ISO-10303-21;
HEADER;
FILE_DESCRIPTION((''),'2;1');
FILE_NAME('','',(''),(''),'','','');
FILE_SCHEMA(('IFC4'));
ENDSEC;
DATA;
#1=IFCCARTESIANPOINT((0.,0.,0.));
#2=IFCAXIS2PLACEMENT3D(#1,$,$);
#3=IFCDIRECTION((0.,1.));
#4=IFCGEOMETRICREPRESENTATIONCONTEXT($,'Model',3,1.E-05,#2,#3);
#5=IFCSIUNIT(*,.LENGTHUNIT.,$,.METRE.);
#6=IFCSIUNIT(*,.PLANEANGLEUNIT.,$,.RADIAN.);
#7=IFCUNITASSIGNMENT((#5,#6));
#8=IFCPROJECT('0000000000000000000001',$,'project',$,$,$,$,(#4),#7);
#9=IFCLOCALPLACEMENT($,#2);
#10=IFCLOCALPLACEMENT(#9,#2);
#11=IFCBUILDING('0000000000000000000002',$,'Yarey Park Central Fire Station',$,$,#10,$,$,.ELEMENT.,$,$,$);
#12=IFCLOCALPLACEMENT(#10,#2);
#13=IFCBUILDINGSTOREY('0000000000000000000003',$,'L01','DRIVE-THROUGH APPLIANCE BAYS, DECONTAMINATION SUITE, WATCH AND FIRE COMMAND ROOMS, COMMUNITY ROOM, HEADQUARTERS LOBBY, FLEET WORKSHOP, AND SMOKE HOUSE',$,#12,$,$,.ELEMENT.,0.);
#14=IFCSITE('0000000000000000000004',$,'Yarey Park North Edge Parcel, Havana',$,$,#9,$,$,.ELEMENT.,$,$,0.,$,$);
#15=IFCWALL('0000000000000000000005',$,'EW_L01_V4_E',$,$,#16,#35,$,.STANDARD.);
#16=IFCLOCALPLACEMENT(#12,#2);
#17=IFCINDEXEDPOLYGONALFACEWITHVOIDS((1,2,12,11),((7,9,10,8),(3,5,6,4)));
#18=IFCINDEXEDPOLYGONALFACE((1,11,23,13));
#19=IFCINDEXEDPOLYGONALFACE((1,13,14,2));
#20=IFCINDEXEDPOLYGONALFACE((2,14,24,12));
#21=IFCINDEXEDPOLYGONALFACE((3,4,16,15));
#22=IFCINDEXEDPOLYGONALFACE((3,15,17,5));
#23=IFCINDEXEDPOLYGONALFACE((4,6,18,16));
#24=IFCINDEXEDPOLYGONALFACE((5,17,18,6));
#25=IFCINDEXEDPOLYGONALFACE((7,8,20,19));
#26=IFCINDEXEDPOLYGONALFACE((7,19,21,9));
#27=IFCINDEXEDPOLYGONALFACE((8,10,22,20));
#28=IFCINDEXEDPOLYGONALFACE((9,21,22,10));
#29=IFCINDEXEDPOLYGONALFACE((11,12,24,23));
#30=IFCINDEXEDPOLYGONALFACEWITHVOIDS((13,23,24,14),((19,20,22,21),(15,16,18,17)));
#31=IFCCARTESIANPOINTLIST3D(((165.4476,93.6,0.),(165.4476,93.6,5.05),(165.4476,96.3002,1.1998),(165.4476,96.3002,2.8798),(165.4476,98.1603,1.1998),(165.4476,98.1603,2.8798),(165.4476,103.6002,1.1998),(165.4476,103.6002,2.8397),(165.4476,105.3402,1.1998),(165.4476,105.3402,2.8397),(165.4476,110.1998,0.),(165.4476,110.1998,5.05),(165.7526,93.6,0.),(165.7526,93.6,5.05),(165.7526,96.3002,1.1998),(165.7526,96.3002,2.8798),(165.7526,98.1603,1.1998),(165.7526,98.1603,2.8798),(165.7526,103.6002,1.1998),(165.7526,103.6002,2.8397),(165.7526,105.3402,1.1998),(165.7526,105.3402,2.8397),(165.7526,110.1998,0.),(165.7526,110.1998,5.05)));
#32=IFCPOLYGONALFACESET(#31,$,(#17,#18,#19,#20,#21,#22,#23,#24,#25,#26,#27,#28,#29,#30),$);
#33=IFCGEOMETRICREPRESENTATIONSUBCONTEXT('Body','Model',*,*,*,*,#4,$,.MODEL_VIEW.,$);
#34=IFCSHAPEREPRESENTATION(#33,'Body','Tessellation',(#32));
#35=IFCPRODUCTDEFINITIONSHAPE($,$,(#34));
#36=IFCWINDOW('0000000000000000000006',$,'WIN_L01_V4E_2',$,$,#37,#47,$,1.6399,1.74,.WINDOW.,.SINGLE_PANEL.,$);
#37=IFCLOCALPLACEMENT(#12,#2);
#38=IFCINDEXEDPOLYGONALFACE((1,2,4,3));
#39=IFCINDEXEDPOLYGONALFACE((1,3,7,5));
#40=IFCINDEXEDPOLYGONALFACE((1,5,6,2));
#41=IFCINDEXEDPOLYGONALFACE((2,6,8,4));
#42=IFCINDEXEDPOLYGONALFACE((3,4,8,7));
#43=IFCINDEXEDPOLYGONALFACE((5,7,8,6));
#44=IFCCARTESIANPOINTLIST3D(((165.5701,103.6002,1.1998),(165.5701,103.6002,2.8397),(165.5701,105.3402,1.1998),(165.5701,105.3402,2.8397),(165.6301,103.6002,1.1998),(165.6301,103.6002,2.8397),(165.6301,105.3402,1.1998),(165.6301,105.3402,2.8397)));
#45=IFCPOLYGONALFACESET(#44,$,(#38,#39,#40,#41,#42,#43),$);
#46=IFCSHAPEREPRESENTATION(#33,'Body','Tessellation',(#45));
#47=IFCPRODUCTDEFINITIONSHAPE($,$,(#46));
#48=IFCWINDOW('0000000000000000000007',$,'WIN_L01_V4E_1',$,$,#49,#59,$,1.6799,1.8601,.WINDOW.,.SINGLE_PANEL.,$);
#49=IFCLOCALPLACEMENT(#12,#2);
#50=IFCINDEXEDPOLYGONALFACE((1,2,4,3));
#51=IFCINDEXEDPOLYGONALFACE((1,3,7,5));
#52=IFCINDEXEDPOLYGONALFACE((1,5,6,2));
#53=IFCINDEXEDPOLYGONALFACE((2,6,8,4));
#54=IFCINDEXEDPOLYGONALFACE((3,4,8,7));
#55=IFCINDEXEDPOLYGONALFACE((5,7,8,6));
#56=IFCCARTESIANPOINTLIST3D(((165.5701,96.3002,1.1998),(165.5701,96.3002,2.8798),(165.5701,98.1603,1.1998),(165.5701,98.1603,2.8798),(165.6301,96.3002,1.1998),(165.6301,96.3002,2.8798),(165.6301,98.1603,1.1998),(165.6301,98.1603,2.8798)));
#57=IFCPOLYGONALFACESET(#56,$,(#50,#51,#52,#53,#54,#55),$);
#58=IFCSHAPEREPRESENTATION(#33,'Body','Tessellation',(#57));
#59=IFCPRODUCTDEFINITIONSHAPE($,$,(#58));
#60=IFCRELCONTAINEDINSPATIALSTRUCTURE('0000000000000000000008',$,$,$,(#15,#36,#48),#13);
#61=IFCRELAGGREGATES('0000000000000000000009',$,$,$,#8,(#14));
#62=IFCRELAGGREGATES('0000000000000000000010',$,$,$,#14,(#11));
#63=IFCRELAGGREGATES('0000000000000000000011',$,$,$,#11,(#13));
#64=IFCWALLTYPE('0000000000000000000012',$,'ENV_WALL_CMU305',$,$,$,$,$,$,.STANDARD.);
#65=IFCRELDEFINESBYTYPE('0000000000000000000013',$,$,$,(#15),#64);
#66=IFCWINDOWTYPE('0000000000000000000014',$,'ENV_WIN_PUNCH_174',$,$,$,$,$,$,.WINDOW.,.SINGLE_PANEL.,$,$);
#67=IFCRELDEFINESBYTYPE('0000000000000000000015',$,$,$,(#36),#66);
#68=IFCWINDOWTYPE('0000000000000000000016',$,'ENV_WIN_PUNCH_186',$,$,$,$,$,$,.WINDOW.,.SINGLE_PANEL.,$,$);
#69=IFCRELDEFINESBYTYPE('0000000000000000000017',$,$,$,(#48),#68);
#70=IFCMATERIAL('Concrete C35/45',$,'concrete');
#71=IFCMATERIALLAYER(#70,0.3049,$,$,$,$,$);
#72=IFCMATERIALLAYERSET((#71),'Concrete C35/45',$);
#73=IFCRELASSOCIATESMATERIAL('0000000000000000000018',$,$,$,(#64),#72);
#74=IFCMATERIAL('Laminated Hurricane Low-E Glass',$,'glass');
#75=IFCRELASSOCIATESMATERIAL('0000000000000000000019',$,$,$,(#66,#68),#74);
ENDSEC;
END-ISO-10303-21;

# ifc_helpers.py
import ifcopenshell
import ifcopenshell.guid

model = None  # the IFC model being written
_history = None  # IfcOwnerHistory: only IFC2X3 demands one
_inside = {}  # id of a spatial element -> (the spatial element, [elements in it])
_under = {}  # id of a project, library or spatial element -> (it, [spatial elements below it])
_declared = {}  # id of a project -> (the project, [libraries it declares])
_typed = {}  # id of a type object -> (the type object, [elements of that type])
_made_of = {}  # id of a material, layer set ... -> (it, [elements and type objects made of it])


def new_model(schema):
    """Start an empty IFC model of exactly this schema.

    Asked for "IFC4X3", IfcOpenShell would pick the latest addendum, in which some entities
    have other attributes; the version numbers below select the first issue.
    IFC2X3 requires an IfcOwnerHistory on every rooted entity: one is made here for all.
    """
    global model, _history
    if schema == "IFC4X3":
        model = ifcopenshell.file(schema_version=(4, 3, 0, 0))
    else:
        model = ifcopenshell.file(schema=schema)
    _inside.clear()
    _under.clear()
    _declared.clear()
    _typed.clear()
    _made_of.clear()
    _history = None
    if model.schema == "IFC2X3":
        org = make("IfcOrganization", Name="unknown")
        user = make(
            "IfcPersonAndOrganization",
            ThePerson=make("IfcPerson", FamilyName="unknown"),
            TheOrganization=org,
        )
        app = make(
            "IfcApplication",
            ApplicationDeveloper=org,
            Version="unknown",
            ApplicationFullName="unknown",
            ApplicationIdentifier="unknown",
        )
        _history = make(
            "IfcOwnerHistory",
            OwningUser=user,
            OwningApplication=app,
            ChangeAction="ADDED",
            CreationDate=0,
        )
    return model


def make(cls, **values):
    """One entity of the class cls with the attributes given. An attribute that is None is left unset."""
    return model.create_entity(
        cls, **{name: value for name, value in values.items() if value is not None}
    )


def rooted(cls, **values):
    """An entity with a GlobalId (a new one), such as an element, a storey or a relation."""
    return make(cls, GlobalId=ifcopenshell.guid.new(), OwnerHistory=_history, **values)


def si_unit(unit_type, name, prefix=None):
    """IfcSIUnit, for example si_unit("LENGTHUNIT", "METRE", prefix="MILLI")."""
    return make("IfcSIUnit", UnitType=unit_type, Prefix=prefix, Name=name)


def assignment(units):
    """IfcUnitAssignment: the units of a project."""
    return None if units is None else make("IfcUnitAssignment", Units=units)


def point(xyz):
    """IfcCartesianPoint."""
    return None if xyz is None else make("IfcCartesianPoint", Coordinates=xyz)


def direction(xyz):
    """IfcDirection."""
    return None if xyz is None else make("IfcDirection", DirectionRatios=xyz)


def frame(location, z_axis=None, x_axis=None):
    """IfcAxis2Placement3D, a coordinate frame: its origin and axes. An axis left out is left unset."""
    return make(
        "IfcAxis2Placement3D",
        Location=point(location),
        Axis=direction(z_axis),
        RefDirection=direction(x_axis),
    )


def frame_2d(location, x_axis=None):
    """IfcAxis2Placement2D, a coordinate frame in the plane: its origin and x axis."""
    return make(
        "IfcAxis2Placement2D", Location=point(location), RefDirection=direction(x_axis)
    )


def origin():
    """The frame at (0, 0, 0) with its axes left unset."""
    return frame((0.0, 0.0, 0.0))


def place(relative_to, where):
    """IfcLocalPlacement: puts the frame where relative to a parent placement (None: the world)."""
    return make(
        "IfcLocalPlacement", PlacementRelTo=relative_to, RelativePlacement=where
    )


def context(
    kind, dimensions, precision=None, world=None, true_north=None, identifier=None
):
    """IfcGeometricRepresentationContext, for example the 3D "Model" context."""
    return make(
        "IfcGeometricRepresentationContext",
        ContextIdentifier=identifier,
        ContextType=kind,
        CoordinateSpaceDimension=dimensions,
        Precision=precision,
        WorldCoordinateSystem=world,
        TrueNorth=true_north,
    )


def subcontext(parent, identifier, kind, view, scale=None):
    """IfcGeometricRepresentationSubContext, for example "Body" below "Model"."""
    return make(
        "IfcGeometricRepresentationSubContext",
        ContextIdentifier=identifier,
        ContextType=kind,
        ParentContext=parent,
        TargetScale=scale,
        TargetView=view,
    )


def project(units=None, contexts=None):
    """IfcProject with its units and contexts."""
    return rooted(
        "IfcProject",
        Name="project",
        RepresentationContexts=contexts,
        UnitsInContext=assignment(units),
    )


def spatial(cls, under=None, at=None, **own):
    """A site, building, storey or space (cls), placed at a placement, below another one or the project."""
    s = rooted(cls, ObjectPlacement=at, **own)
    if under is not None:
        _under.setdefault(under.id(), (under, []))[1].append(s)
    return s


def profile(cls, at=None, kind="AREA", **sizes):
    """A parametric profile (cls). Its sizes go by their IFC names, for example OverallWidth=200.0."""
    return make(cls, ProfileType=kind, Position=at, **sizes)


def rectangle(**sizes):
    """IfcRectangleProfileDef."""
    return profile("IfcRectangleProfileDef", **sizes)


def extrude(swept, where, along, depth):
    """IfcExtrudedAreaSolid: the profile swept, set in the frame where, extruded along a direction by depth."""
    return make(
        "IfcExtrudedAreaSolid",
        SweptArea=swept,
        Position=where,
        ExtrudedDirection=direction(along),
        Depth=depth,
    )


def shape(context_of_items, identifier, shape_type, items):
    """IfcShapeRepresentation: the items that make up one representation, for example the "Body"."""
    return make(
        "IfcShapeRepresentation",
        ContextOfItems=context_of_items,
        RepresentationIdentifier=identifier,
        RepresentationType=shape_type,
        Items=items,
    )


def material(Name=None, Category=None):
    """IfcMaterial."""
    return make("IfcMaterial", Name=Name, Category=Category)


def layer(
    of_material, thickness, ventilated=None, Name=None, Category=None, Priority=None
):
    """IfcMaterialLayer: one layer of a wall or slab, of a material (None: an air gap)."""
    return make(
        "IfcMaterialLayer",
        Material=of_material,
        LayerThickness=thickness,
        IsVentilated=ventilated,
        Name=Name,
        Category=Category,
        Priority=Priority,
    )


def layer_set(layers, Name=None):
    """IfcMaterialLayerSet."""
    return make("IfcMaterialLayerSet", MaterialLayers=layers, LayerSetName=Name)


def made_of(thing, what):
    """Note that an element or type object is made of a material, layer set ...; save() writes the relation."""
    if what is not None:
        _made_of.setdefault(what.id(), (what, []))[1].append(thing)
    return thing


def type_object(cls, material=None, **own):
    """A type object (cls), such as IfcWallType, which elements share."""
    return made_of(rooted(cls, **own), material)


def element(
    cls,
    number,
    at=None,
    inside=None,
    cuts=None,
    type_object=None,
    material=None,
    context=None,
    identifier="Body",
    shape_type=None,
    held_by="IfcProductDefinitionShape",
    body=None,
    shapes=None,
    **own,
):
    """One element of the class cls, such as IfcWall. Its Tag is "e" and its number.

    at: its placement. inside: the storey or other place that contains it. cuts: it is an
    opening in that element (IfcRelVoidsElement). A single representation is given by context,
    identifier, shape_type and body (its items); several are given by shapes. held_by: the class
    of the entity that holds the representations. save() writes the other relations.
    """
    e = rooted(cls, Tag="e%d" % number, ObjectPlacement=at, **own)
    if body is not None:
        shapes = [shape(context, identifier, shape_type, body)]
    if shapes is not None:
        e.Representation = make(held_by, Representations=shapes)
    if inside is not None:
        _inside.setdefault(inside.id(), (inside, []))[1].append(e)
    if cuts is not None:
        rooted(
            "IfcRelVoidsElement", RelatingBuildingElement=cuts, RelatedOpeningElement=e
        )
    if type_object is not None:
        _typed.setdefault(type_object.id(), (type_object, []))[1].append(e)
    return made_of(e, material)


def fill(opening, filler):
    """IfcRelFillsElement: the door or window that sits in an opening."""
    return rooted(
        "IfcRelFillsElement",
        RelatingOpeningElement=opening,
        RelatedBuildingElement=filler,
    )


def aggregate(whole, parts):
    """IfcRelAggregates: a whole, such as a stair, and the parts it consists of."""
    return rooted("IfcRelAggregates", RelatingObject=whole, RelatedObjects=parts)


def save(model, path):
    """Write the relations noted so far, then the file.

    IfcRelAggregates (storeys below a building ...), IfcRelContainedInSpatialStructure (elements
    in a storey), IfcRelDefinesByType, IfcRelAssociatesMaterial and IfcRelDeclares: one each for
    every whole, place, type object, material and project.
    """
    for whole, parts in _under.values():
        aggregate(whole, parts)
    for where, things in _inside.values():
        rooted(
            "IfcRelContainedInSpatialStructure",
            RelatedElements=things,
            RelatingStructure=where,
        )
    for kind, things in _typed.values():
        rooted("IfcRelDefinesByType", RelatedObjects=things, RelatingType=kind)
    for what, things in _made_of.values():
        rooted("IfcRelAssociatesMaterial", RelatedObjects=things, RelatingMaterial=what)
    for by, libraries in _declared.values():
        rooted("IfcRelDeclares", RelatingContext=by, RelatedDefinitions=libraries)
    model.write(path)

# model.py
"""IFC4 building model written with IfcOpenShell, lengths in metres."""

from ifc_helpers import new_model, si_unit, direction, frame, frame_2d, origin, place, context, subcontext, project, spatial, rectangle, extrude, material, layer, layer_set, type_object, element, fill, save


model = new_model("IFC4")

# Units and contexts
model_context = context("Model", 3, precision=1e-05, world=origin(), true_north=direction((0.0, 1.0)))
body_context = subcontext(model_context, "Body", "Model", "MODEL_VIEW")
ifc_project = project(units=[si_unit("LENGTHUNIT", "METRE"), si_unit("PLANEANGLEUNIT", "RADIAN")], contexts=[model_context])

# Site, building, storey
site_placement = place(None, origin())
site = spatial("IfcSite", under=ifc_project, at=site_placement, Name="Yarey Park North Edge Parcel, Havana", CompositionType="ELEMENT", RefElevation=0.0)
building_placement = place(site_placement, origin())
building = spatial("IfcBuilding", under=site, at=building_placement, Name="Yarey Park Central Fire Station", CompositionType="ELEMENT")
storey_placement = place(building_placement, origin())
storey = spatial("IfcBuildingStorey", under=building, at=storey_placement, Name="L01", Description="DRIVE-THROUGH APPLIANCE BAYS, DECONTAMINATION SUITE, WATCH AND FIRE COMMAND ROOMS, COMMUNITY ROOM, HEADQUARTERS LOBBY, FLEET WORKSHOP, AND SMOKE HOUSE", CompositionType="ELEMENT", Elevation=0.0)

# Shared definitions
ifc_material_1 = material(Name="Concrete C35/45", Category="concrete")

# Wall, openings, windows
ifc_layer_1 = layer(ifc_material_1, 0.3049)
ifc_layer_set_1 = layer_set([ifc_layer_1], Name="Concrete C35/45")
wall_type_1 = type_object("IfcWallType", Name="ENV_WALL_CMU305", PredefinedType="STANDARD", material=ifc_layer_set_1)
wall_1_placement = place(storey_placement, frame((165.6001, 93.6001, 0.0), z_axis=(0.0, 0.0, 1.0), x_axis=(0.0, 1.0, 0.0)))
wall_1 = element("IfcWall", 1, at=wall_1_placement, inside=storey, type_object=wall_type_1, Name="EW_L01_V4_E", PredefinedType="STANDARD", context=body_context, shape_type="SweptSolid", body=[
    extrude(rectangle(XDim=16.5999, YDim=0.3049, at=frame_2d((8.2998, 0.0))), origin(), (0.0, 0.0, 1.0), 5.05),
])
opening_1_placement = place(wall_1_placement, frame((2.7, 0.0, 1.2)))
opening_1 = element("IfcOpeningElement", 2, at=opening_1_placement, cuts=wall_1, PredefinedType="OPENING", context=body_context, shape_type="SweptSolid", body=[
    extrude(rectangle(XDim=1.8601, YDim=1.6799, at=frame_2d((0.9302, 0.8398))), frame((0.0, 0.1624, 0.0), z_axis=(0.0, -1.0, 0.0), x_axis=(1.0, 0.0, 0.0)), (0.0, 0.0, 1.0), 0.325),
])
opening_2_placement = place(wall_1_placement, frame((10.0, 0.0, 1.2)))
opening_2 = element("IfcOpeningElement", 3, at=opening_2_placement, cuts=wall_1, PredefinedType="OPENING", context=body_context, shape_type="SweptSolid", body=[
    extrude(rectangle(XDim=1.74, YDim=1.6399, at=frame_2d((0.8701, 0.8198))), frame((0.0, 0.1624, 0.0), z_axis=(0.0, -1.0, 0.0), x_axis=(1.0, 0.0, 0.0)), (0.0, 0.0, 1.0), 0.325),
])
ifc_material_2 = material(Name="Laminated Hurricane Low-E Glass", Category="glass")
window_type_1 = type_object("IfcWindowType", Name="ENV_WIN_PUNCH_174", PartitioningType="SINGLE_PANEL", PredefinedType="WINDOW", material=ifc_material_2)
window_1_placement = place(opening_2_placement, origin())
window_1 = element("IfcWindow", 4, at=window_1_placement, inside=storey, type_object=window_type_1, Name="WIN_L01_V4E_2", OverallHeight=1.6399, OverallWidth=1.74, PartitioningType="SINGLE_PANEL", PredefinedType="WINDOW", context=body_context, shape_type="SweptSolid", body=[
    extrude(rectangle(XDim=1.74, YDim=1.6399, at=frame_2d((0.8701, 0.8198))), frame((0.0, 0.03, 0.0), z_axis=(0.0, -1.0, 0.0), x_axis=(1.0, 0.0, 0.0)), (0.0, 0.0, 1.0), 0.0601),
])
fill(opening_2, window_1)
window_type_2 = type_object("IfcWindowType", Name="ENV_WIN_PUNCH_186", PartitioningType="SINGLE_PANEL", PredefinedType="WINDOW", material=ifc_material_2)
window_2_placement = place(opening_1_placement, origin())
window_2 = element("IfcWindow", 5, at=window_2_placement, inside=storey, type_object=window_type_2, Name="WIN_L01_V4E_1", OverallHeight=1.6799, OverallWidth=1.8601, PartitioningType="SINGLE_PANEL", PredefinedType="WINDOW", context=body_context, shape_type="SweptSolid", body=[
    extrude(rectangle(XDim=1.8601, YDim=1.6799, at=frame_2d((0.9302, 0.8398))), frame((0.0, 0.03, 0.0), z_axis=(0.0, -1.0, 0.0), x_axis=(1.0, 0.0, 0.0)), (0.0, 0.0, 1.0), 0.0601),
])
fill(opening_1, window_2)

save(model, "model.ifc")
